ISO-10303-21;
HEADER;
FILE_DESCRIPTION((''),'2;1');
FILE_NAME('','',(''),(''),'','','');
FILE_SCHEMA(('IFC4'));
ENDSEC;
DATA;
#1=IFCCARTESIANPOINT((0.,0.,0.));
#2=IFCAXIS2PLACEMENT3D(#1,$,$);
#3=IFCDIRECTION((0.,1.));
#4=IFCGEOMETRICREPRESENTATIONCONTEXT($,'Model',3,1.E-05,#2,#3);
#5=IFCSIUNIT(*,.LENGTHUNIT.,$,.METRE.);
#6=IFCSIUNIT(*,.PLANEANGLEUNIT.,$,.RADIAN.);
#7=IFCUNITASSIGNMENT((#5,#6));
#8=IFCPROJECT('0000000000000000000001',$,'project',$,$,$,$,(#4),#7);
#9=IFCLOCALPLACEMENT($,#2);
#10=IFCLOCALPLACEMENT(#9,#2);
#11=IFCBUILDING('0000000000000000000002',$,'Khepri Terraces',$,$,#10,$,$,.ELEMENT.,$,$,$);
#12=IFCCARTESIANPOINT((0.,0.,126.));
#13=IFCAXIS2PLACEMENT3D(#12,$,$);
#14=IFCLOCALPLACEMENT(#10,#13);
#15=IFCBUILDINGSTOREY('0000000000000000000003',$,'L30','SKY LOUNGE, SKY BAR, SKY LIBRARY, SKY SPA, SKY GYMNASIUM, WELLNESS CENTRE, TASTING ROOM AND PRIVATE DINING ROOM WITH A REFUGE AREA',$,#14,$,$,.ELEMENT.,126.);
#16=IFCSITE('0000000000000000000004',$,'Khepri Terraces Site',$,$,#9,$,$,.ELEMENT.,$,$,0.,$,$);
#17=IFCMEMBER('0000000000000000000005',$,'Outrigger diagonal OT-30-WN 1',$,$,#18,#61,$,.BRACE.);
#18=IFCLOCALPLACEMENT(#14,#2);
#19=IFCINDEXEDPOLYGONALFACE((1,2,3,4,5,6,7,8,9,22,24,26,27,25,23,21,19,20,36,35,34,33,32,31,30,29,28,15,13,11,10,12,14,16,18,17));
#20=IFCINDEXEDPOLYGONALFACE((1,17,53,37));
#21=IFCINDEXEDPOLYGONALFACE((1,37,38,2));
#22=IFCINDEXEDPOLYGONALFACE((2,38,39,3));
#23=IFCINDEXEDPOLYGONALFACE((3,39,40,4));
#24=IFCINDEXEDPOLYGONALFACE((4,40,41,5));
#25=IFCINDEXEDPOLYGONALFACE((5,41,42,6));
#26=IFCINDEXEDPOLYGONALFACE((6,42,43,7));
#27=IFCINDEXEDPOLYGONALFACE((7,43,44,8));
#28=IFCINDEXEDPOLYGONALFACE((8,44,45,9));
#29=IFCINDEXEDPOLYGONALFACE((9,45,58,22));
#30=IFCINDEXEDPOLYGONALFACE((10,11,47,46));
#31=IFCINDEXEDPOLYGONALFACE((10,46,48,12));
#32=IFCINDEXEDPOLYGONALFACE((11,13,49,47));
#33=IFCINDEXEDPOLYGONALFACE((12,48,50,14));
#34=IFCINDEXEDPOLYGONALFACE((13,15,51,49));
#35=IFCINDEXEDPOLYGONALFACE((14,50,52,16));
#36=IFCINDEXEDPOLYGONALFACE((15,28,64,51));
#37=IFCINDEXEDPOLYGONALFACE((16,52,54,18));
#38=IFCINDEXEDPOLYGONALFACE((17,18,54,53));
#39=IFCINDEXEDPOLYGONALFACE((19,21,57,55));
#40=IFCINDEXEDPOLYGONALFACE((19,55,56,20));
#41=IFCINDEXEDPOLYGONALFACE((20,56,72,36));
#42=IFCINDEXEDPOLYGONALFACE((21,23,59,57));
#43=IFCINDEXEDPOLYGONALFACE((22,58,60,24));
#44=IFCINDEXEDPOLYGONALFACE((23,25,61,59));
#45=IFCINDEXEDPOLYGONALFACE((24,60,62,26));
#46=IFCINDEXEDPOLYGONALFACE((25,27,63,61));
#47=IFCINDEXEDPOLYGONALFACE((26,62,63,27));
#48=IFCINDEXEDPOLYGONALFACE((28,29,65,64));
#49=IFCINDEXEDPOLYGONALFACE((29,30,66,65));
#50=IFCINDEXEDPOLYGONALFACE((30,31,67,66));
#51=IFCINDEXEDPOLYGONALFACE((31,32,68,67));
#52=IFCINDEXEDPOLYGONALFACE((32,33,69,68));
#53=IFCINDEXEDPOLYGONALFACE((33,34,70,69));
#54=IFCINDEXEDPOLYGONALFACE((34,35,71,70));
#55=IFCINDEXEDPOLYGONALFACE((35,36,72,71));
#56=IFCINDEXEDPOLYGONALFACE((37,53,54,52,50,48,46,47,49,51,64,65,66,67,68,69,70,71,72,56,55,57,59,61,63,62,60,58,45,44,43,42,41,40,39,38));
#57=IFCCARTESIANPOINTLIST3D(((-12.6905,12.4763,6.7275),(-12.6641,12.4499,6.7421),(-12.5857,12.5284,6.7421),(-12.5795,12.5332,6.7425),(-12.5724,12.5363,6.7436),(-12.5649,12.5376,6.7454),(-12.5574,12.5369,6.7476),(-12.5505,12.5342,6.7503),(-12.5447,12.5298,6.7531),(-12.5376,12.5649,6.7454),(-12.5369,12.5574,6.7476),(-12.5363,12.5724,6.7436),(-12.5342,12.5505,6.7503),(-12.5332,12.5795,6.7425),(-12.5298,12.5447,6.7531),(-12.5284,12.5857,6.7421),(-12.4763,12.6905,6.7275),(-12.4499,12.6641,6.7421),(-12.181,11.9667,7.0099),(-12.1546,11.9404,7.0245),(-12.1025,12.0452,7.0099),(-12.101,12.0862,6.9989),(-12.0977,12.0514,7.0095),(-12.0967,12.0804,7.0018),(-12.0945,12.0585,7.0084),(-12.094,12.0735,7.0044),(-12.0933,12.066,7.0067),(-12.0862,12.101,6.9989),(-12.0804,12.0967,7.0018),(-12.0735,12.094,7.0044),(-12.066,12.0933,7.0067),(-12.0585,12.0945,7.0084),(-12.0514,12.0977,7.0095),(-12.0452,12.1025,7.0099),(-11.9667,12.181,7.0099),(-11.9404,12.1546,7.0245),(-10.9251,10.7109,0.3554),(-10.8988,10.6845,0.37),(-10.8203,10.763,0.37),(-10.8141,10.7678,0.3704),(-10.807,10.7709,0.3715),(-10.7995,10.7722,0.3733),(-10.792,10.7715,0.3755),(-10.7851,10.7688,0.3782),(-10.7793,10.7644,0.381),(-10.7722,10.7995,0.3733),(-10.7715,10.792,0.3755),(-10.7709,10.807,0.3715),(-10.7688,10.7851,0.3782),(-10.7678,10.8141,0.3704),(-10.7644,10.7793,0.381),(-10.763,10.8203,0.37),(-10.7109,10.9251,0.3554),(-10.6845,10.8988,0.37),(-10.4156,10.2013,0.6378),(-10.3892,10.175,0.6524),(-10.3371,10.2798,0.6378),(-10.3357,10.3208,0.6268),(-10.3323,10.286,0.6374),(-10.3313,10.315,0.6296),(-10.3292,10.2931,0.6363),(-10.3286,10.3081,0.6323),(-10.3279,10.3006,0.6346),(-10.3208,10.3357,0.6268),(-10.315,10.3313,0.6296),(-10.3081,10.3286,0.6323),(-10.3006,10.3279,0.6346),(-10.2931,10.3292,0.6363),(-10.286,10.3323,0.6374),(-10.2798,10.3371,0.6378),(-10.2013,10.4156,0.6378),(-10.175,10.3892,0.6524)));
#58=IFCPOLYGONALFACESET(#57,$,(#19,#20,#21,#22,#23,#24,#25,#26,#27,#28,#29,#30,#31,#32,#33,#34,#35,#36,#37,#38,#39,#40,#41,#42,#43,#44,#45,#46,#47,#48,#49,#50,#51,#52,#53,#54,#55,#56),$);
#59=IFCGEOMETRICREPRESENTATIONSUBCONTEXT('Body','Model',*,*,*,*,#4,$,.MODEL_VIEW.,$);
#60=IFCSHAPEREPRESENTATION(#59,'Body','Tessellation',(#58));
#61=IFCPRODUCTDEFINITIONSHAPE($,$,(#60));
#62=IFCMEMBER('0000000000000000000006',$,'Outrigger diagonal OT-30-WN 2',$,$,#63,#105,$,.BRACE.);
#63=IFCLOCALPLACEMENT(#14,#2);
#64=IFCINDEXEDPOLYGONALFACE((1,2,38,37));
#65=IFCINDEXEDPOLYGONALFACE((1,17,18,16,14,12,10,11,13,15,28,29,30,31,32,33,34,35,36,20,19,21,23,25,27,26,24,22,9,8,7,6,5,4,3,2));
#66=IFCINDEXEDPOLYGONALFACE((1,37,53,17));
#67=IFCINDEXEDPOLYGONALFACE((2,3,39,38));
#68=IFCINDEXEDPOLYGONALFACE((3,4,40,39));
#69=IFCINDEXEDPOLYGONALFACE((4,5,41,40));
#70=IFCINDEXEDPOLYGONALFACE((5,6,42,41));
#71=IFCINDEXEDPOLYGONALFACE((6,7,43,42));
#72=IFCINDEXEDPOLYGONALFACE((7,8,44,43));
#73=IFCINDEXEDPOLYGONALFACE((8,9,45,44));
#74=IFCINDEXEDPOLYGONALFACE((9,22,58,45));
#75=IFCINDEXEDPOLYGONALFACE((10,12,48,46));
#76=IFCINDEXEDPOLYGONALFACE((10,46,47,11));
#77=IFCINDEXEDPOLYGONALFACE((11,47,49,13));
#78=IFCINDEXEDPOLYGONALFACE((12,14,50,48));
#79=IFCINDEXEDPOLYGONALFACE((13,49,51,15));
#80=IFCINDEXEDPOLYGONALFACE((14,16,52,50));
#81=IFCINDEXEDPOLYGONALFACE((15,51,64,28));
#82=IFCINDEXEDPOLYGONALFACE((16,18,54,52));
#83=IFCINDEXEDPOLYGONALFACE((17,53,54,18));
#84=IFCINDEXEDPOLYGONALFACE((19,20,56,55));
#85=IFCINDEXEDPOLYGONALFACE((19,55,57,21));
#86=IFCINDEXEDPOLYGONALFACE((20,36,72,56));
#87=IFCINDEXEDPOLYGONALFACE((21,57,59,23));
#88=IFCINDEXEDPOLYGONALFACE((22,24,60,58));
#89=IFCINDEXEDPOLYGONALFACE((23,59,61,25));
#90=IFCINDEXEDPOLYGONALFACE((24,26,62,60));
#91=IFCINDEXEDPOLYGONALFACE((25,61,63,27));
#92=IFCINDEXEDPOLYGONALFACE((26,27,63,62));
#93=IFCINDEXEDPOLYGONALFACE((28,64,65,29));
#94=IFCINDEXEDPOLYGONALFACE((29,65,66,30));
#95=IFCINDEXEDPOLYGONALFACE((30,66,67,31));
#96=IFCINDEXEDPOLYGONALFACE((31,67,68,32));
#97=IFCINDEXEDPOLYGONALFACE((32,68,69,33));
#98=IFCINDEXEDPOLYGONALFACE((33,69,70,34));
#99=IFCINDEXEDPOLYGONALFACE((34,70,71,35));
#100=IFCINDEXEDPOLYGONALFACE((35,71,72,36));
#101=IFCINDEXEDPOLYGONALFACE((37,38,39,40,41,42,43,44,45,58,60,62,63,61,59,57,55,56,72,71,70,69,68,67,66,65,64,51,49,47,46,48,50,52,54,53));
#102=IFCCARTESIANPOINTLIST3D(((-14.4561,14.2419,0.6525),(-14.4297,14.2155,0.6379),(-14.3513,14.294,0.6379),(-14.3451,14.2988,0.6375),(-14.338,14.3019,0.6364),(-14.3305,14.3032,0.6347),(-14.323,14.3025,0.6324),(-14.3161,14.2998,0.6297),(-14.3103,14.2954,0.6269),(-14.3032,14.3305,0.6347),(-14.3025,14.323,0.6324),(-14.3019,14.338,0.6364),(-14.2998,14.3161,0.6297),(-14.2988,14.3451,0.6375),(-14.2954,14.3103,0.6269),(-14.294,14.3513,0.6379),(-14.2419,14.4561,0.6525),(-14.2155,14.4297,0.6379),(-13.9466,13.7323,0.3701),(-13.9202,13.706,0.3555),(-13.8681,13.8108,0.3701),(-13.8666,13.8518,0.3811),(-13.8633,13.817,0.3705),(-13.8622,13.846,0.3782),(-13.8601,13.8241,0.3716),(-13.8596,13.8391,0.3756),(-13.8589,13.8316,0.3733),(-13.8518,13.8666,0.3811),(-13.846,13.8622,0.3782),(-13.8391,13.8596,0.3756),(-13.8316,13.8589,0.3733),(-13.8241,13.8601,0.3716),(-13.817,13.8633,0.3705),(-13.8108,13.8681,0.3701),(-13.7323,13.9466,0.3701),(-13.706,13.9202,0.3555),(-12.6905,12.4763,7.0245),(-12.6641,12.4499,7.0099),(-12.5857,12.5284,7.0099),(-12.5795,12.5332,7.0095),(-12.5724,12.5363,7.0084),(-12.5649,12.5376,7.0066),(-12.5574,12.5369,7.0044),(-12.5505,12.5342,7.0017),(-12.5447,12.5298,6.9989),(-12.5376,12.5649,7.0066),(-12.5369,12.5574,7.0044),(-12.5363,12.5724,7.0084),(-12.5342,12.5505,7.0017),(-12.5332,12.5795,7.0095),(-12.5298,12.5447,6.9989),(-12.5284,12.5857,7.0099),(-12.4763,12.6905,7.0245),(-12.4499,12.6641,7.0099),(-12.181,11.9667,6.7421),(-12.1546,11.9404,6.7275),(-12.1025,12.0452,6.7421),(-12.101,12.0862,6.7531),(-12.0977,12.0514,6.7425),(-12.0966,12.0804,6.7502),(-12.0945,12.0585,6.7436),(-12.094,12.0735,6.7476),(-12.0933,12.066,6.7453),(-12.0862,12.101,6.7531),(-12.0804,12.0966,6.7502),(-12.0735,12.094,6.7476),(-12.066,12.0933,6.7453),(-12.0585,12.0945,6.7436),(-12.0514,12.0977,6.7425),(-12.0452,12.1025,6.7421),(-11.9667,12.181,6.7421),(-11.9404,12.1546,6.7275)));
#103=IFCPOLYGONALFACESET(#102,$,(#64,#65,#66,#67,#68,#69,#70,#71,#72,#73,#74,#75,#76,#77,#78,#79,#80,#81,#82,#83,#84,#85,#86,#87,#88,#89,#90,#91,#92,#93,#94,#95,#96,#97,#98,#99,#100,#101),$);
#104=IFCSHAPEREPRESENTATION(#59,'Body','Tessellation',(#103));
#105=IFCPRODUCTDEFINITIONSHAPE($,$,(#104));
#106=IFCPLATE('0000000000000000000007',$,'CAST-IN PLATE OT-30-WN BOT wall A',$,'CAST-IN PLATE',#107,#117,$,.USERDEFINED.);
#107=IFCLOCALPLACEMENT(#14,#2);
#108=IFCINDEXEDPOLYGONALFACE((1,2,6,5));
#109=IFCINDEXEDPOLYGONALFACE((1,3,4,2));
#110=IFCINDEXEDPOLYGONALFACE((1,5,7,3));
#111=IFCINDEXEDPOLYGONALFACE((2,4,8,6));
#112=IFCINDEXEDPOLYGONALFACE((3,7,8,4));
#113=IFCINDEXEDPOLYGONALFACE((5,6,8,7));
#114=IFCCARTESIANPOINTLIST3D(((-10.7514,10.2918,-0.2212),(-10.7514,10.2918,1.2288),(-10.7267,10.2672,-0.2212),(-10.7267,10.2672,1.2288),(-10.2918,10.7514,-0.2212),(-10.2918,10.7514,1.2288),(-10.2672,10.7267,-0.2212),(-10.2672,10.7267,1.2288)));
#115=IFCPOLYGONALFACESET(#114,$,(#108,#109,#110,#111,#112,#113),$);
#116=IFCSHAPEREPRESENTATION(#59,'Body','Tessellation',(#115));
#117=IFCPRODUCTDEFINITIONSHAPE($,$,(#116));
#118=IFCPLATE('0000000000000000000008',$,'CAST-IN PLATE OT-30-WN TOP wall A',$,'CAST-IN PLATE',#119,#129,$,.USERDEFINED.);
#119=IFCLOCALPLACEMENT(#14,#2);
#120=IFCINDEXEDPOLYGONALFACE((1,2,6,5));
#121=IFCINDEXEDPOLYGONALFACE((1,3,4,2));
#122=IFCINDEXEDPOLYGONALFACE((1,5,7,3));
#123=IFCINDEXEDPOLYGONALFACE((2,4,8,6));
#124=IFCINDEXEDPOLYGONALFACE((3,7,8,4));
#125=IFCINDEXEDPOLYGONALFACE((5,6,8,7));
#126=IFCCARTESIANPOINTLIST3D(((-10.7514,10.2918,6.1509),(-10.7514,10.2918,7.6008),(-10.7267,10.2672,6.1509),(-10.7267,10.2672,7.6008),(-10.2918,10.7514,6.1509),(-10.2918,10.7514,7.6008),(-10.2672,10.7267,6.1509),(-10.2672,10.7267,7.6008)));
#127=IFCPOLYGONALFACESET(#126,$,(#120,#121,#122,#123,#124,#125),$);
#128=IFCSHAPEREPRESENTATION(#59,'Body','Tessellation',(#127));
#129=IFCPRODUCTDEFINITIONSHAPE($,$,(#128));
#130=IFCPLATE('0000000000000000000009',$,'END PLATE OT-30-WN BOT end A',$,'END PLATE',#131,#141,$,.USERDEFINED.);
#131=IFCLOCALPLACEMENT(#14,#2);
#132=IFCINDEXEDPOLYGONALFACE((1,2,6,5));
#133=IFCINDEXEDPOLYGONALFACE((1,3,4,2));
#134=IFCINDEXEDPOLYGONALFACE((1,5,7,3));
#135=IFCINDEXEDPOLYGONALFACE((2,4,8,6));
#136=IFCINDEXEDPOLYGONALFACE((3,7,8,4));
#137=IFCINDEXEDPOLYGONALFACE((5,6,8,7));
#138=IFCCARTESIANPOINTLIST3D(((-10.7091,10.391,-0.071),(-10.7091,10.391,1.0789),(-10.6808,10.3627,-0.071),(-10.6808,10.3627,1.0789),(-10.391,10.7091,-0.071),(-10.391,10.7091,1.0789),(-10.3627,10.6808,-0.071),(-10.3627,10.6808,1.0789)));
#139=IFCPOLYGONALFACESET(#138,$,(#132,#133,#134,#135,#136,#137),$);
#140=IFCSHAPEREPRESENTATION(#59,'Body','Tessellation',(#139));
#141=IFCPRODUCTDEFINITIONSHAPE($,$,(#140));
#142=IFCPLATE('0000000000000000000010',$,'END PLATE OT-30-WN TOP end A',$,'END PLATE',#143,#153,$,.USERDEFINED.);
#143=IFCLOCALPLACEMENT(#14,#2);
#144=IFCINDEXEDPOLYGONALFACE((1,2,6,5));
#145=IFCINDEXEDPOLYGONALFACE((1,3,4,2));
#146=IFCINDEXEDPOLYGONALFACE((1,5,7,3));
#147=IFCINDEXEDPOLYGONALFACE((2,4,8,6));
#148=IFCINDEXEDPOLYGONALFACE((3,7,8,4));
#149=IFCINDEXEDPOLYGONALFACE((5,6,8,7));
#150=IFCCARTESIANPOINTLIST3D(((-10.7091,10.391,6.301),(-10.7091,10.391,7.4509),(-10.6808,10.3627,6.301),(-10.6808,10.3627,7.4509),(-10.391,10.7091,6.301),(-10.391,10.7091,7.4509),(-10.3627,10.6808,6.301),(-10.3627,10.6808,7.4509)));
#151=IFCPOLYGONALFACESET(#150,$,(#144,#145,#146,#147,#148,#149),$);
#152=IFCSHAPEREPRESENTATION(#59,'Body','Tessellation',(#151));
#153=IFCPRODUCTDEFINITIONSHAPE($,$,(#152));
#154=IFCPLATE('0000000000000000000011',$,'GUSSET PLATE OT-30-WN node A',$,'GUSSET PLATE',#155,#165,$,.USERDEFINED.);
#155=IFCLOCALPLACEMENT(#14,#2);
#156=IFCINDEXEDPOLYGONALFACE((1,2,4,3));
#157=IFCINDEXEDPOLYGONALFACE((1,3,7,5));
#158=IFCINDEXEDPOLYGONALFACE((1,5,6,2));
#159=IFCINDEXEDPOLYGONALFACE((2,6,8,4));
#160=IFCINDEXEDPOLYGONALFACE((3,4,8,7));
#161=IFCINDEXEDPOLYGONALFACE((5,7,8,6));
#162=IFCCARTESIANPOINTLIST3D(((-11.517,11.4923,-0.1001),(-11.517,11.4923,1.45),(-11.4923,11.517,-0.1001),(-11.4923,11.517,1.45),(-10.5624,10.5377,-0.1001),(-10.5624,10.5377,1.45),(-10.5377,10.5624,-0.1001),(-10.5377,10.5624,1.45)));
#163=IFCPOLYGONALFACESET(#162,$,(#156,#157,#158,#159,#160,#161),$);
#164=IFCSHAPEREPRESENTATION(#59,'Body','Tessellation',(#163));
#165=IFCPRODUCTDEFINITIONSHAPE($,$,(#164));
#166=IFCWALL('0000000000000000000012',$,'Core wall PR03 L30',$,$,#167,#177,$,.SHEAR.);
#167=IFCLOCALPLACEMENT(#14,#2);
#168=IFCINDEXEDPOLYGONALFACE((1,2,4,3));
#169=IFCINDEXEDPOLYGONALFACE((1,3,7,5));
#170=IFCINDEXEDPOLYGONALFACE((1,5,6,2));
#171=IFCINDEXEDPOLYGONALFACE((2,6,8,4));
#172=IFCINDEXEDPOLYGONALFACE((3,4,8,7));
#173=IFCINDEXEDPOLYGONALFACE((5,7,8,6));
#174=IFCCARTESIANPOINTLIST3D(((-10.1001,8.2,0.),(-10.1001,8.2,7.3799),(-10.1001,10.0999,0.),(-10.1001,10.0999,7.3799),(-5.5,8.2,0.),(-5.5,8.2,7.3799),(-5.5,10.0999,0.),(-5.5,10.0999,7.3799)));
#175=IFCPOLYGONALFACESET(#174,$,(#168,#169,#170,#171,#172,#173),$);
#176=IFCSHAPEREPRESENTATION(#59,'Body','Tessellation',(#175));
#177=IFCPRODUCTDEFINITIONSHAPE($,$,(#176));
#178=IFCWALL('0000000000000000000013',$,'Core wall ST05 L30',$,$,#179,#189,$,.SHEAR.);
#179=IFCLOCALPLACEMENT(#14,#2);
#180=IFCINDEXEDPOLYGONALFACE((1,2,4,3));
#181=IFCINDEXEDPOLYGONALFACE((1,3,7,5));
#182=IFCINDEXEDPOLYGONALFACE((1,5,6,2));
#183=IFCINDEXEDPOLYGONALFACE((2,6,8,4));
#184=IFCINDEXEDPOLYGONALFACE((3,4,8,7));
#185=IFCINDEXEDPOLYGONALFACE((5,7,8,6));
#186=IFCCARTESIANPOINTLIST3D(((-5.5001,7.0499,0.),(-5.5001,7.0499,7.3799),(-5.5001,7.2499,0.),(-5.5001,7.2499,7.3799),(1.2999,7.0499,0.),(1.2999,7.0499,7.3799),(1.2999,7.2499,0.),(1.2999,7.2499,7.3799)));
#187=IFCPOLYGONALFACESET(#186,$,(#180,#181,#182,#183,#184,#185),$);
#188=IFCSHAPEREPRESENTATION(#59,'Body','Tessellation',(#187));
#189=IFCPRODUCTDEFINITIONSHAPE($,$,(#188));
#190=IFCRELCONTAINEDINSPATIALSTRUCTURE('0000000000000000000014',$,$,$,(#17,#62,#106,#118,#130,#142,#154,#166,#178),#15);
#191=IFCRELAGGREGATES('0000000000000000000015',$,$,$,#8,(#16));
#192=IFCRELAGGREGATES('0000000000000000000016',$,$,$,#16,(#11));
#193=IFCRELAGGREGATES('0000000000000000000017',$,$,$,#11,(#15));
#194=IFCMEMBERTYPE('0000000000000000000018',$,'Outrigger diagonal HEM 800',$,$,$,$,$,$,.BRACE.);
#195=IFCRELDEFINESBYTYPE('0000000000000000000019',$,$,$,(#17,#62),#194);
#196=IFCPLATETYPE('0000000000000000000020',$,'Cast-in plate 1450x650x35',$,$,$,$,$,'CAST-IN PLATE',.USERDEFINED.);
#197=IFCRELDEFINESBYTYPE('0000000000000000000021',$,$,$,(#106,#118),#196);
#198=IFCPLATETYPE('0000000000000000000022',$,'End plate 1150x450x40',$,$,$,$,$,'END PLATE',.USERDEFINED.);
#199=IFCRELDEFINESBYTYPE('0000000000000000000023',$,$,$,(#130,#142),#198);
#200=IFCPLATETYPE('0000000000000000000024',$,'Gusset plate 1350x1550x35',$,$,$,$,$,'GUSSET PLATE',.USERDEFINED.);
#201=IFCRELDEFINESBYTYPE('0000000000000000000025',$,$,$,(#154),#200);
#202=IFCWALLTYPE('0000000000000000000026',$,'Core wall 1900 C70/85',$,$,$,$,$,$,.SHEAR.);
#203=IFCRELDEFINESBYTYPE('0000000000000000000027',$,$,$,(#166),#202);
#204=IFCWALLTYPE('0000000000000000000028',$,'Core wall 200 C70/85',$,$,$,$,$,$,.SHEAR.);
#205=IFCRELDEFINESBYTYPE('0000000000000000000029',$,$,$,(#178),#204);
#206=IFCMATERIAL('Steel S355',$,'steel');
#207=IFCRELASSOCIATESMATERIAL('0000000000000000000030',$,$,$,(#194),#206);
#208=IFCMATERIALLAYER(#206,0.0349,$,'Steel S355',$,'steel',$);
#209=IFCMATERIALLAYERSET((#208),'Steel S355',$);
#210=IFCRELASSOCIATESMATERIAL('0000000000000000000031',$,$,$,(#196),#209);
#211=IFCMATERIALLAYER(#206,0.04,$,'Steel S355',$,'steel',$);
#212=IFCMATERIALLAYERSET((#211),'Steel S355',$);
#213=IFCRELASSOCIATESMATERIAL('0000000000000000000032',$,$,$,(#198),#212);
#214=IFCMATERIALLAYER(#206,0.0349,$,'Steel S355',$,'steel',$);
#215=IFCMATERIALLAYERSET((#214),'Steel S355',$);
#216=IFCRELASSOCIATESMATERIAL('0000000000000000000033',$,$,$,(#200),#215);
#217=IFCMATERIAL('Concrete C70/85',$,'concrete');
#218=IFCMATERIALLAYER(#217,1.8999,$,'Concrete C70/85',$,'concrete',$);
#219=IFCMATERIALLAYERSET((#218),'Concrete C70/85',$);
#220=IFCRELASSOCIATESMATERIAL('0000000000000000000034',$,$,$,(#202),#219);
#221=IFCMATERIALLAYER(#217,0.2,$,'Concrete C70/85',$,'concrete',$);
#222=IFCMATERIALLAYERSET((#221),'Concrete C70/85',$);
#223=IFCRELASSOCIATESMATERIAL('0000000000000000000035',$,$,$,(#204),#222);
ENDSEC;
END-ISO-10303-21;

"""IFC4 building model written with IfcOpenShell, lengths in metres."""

from ifc_helpers import new_model, si_unit, direction, frame, frame_2d, origin, origin_2d, place, context, subcontext, project, spatial, rectangle, i_section, extrude, material, layer, layer_set, material_profile, profile_set, type_object, element, save


model = new_model("IFC4")

# Units and contexts
model_context = context("Model", 3, precision=1e-05, world=origin(), true_north=direction((0.0, 1.0)))
body_context = subcontext(model_context, "Body", "Model", "MODEL_VIEW")
ifc_project = project(units=[si_unit("LENGTHUNIT", "METRE"), si_unit("PLANEANGLEUNIT", "RADIAN")], contexts=[model_context])

# Site, building, storey
site_placement = place(None, origin())
site = spatial("IfcSite", under=ifc_project, at=site_placement, Name="Khepri Terraces Site", CompositionType="ELEMENT", RefElevation=0.0)
building_placement = place(site_placement, origin())
building = spatial("IfcBuilding", under=site, at=building_placement, Name="Khepri Terraces", CompositionType="ELEMENT")
storey_placement = place(building_placement, frame((0.0, 0.0, 126.0)))
storey = spatial("IfcBuildingStorey", under=building, at=storey_placement, Name="L30", Description="SKY LOUNGE, SKY BAR, SKY LIBRARY, SKY SPA, SKY GYMNASIUM, WELLNESS CENTRE, TASTING ROOM AND PRIVATE DINING ROOM WITH A REFUGE AREA", CompositionType="ELEMENT", Elevation=126.0)

# Members
ifc_material_1 = material(Name="Steel S355", Category="steel")
ifc_material_profile_1 = material_profile(ifc_material_1, i_section(OverallWidth=0.303, OverallDepth=0.814, WebThickness=0.021, FlangeThickness=0.04, FilletRadius=0.03, at=origin_2d()), Name="Steel S355", Category="steel")
ifc_profile_set_1 = profile_set([ifc_material_profile_1], Name="Steel S355")
member_type_1 = type_object("IfcMemberType", Name="Outrigger diagonal HEM 800", PredefinedType="BRACE", material=ifc_profile_set_1)
for number, where, z_axis, x_axis, name in (
    (1, (-10.55, 10.55, 0.5039), (-0.257957, 0.257957, 0.931084), (-0.707107, -0.707107, 0.0), "Outrigger diagonal OT-30-WN 1"),
    (2, (-12.3154, 12.3154, 6.876), (-0.257987, 0.257987, -0.931067), (-0.707107, -0.707107, 0.0), "Outrigger diagonal OT-30-WN 2"),
):
    element("IfcMember", number, at=place(storey_placement, frame(where, z_axis=z_axis, x_axis=x_axis)), inside=storey, type_object=member_type_1, Name=name, PredefinedType="BRACE", context=body_context, shape_type="SweptSolid", body=[
        extrude(i_section(OverallWidth=0.303, OverallDepth=0.814, WebThickness=0.021, FlangeThickness=0.04, FilletRadius=0.03, at=origin_2d()), origin(), (0.0, 0.0, 1.0), 6.8438),
    ])

# Plates
ifc_layer_1 = layer(ifc_material_1, 0.0349, Name="Steel S355", Category="steel")
ifc_layer_set_1 = layer_set([ifc_layer_1], Name="Steel S355")
plate_type_1 = type_object("IfcPlateType", Name="Cast-in plate 1450x650x35", ElementType="CAST-IN PLATE", PredefinedType="USERDEFINED", material=ifc_layer_set_1)
for number, where, z_axis, x_axis, name in (
    (3, (-10.5093, 10.5093, -0.2212), (0.0, 0.0, 1.0), (-0.707107, 0.707107, 0.0), "CAST-IN PLATE OT-30-WN BOT wall A"),
    (4, (-10.5093, 10.5093, 6.1509), (0.0, 0.0, 1.0), (-0.707107, 0.707107, 0.0), "CAST-IN PLATE OT-30-WN TOP wall A"),
):
    element("IfcPlate", number, at=place(storey_placement, frame(where, z_axis=z_axis, x_axis=x_axis)), inside=storey, type_object=plate_type_1, Name=name, ObjectType="CAST-IN PLATE", PredefinedType="USERDEFINED", context=body_context, shape_type="SweptSolid", body=[
        extrude(rectangle(XDim=0.0349, YDim=0.6499, at=origin_2d()), origin(), (0.0, 0.0, 1.0), 1.45),
    ])
ifc_layer_2 = layer(ifc_material_1, 0.04, Name="Steel S355", Category="steel")
ifc_layer_set_2 = layer_set([ifc_layer_2], Name="Steel S355")
plate_type_2 = type_object("IfcPlateType", Name="End plate 1150x450x40", ElementType="END PLATE", PredefinedType="USERDEFINED", material=ifc_layer_set_2)
for number, where, z_axis, x_axis, name in (
    (5, (-10.5359, 10.5359, -0.071), (0.0, 0.0, 1.0), (-0.707107, 0.707107, 0.0), "END PLATE OT-30-WN BOT end A"),
    (6, (-10.5359, 10.5359, 6.301), (0.0, 0.0, 1.0), (-0.707107, 0.707107, 0.0), "END PLATE OT-30-WN TOP end A"),
):
    element("IfcPlate", number, at=place(storey_placement, frame(where, z_axis=z_axis, x_axis=x_axis)), inside=storey, type_object=plate_type_2, Name=name, ObjectType="END PLATE", PredefinedType="USERDEFINED", context=body_context, shape_type="SweptSolid", body=[
        extrude(rectangle(XDim=0.04, YDim=0.45, at=origin_2d()), origin(), (0.0, 0.0, 1.0), 1.1499),
    ])
ifc_layer_3 = layer(ifc_material_1, 0.0349, Name="Steel S355", Category="steel")
ifc_layer_set_3 = layer_set([ifc_layer_3], Name="Steel S355")
plate_type_3 = type_object("IfcPlateType", Name="Gusset plate 1350x1550x35", ElementType="GUSSET PLATE", PredefinedType="USERDEFINED", material=ifc_layer_set_3)
plate_placement = place(storey_placement, frame((-11.0273, 11.0273, -0.1001), z_axis=(0.0, 0.0, 1.0), x_axis=(-0.707107, 0.707107, 0.0)))
element("IfcPlate", 7, at=plate_placement, inside=storey, type_object=plate_type_3, Name="GUSSET PLATE OT-30-WN node A", ObjectType="GUSSET PLATE", PredefinedType="USERDEFINED", context=body_context, shape_type="SweptSolid", body=[
    extrude(rectangle(XDim=1.3501, YDim=0.0349, at=origin_2d()), origin(), (0.0, 0.0, 1.0), 1.55),
])

# Walls
ifc_material_2 = material(Name="Concrete C70/85", Category="concrete")
ifc_layer_4 = layer(ifc_material_2, 1.8999, Name="Concrete C70/85", Category="concrete")
ifc_layer_set_4 = layer_set([ifc_layer_4], Name="Concrete C70/85")
wall_type_1 = type_object("IfcWallType", Name="Core wall 1900 C70/85", PredefinedType="SHEAR", material=ifc_layer_set_4)
wall_1_placement = place(storey_placement, frame((-10.1001, 9.1499, 0.0), z_axis=(0.0, 0.0, 1.0), x_axis=(1.0, 0.0, 0.0)))
element("IfcWall", 8, at=wall_1_placement, inside=storey, type_object=wall_type_1, Name="Core wall PR03 L30", PredefinedType="SHEAR", context=body_context, shape_type="SweptSolid", body=[
    extrude(rectangle(XDim=4.6001, YDim=1.8999, at=frame_2d((2.3, 0.0))), origin(), (0.0, 0.0, 1.0), 7.3799),
])
ifc_layer_5 = layer(ifc_material_2, 0.2, Name="Concrete C70/85", Category="concrete")
ifc_layer_set_5 = layer_set([ifc_layer_5], Name="Concrete C70/85")
wall_type_2 = type_object("IfcWallType", Name="Core wall 200 C70/85", PredefinedType="SHEAR", material=ifc_layer_set_5)
wall_2_placement = place(storey_placement, frame((-5.5, 7.1499, 0.0), z_axis=(0.0, 0.0, 1.0), x_axis=(1.0, 0.0, 0.0)))
element("IfcWall", 9, at=wall_2_placement, inside=storey, type_object=wall_type_2, Name="Core wall ST05 L30", PredefinedType="SHEAR", context=body_context, shape_type="SweptSolid", body=[
    extrude(rectangle(XDim=6.8, YDim=0.2, at=frame_2d((3.3999, 0.0))), origin(), (0.0, 0.0, 1.0), 7.3799),
])

save(model, "model.ifc")
